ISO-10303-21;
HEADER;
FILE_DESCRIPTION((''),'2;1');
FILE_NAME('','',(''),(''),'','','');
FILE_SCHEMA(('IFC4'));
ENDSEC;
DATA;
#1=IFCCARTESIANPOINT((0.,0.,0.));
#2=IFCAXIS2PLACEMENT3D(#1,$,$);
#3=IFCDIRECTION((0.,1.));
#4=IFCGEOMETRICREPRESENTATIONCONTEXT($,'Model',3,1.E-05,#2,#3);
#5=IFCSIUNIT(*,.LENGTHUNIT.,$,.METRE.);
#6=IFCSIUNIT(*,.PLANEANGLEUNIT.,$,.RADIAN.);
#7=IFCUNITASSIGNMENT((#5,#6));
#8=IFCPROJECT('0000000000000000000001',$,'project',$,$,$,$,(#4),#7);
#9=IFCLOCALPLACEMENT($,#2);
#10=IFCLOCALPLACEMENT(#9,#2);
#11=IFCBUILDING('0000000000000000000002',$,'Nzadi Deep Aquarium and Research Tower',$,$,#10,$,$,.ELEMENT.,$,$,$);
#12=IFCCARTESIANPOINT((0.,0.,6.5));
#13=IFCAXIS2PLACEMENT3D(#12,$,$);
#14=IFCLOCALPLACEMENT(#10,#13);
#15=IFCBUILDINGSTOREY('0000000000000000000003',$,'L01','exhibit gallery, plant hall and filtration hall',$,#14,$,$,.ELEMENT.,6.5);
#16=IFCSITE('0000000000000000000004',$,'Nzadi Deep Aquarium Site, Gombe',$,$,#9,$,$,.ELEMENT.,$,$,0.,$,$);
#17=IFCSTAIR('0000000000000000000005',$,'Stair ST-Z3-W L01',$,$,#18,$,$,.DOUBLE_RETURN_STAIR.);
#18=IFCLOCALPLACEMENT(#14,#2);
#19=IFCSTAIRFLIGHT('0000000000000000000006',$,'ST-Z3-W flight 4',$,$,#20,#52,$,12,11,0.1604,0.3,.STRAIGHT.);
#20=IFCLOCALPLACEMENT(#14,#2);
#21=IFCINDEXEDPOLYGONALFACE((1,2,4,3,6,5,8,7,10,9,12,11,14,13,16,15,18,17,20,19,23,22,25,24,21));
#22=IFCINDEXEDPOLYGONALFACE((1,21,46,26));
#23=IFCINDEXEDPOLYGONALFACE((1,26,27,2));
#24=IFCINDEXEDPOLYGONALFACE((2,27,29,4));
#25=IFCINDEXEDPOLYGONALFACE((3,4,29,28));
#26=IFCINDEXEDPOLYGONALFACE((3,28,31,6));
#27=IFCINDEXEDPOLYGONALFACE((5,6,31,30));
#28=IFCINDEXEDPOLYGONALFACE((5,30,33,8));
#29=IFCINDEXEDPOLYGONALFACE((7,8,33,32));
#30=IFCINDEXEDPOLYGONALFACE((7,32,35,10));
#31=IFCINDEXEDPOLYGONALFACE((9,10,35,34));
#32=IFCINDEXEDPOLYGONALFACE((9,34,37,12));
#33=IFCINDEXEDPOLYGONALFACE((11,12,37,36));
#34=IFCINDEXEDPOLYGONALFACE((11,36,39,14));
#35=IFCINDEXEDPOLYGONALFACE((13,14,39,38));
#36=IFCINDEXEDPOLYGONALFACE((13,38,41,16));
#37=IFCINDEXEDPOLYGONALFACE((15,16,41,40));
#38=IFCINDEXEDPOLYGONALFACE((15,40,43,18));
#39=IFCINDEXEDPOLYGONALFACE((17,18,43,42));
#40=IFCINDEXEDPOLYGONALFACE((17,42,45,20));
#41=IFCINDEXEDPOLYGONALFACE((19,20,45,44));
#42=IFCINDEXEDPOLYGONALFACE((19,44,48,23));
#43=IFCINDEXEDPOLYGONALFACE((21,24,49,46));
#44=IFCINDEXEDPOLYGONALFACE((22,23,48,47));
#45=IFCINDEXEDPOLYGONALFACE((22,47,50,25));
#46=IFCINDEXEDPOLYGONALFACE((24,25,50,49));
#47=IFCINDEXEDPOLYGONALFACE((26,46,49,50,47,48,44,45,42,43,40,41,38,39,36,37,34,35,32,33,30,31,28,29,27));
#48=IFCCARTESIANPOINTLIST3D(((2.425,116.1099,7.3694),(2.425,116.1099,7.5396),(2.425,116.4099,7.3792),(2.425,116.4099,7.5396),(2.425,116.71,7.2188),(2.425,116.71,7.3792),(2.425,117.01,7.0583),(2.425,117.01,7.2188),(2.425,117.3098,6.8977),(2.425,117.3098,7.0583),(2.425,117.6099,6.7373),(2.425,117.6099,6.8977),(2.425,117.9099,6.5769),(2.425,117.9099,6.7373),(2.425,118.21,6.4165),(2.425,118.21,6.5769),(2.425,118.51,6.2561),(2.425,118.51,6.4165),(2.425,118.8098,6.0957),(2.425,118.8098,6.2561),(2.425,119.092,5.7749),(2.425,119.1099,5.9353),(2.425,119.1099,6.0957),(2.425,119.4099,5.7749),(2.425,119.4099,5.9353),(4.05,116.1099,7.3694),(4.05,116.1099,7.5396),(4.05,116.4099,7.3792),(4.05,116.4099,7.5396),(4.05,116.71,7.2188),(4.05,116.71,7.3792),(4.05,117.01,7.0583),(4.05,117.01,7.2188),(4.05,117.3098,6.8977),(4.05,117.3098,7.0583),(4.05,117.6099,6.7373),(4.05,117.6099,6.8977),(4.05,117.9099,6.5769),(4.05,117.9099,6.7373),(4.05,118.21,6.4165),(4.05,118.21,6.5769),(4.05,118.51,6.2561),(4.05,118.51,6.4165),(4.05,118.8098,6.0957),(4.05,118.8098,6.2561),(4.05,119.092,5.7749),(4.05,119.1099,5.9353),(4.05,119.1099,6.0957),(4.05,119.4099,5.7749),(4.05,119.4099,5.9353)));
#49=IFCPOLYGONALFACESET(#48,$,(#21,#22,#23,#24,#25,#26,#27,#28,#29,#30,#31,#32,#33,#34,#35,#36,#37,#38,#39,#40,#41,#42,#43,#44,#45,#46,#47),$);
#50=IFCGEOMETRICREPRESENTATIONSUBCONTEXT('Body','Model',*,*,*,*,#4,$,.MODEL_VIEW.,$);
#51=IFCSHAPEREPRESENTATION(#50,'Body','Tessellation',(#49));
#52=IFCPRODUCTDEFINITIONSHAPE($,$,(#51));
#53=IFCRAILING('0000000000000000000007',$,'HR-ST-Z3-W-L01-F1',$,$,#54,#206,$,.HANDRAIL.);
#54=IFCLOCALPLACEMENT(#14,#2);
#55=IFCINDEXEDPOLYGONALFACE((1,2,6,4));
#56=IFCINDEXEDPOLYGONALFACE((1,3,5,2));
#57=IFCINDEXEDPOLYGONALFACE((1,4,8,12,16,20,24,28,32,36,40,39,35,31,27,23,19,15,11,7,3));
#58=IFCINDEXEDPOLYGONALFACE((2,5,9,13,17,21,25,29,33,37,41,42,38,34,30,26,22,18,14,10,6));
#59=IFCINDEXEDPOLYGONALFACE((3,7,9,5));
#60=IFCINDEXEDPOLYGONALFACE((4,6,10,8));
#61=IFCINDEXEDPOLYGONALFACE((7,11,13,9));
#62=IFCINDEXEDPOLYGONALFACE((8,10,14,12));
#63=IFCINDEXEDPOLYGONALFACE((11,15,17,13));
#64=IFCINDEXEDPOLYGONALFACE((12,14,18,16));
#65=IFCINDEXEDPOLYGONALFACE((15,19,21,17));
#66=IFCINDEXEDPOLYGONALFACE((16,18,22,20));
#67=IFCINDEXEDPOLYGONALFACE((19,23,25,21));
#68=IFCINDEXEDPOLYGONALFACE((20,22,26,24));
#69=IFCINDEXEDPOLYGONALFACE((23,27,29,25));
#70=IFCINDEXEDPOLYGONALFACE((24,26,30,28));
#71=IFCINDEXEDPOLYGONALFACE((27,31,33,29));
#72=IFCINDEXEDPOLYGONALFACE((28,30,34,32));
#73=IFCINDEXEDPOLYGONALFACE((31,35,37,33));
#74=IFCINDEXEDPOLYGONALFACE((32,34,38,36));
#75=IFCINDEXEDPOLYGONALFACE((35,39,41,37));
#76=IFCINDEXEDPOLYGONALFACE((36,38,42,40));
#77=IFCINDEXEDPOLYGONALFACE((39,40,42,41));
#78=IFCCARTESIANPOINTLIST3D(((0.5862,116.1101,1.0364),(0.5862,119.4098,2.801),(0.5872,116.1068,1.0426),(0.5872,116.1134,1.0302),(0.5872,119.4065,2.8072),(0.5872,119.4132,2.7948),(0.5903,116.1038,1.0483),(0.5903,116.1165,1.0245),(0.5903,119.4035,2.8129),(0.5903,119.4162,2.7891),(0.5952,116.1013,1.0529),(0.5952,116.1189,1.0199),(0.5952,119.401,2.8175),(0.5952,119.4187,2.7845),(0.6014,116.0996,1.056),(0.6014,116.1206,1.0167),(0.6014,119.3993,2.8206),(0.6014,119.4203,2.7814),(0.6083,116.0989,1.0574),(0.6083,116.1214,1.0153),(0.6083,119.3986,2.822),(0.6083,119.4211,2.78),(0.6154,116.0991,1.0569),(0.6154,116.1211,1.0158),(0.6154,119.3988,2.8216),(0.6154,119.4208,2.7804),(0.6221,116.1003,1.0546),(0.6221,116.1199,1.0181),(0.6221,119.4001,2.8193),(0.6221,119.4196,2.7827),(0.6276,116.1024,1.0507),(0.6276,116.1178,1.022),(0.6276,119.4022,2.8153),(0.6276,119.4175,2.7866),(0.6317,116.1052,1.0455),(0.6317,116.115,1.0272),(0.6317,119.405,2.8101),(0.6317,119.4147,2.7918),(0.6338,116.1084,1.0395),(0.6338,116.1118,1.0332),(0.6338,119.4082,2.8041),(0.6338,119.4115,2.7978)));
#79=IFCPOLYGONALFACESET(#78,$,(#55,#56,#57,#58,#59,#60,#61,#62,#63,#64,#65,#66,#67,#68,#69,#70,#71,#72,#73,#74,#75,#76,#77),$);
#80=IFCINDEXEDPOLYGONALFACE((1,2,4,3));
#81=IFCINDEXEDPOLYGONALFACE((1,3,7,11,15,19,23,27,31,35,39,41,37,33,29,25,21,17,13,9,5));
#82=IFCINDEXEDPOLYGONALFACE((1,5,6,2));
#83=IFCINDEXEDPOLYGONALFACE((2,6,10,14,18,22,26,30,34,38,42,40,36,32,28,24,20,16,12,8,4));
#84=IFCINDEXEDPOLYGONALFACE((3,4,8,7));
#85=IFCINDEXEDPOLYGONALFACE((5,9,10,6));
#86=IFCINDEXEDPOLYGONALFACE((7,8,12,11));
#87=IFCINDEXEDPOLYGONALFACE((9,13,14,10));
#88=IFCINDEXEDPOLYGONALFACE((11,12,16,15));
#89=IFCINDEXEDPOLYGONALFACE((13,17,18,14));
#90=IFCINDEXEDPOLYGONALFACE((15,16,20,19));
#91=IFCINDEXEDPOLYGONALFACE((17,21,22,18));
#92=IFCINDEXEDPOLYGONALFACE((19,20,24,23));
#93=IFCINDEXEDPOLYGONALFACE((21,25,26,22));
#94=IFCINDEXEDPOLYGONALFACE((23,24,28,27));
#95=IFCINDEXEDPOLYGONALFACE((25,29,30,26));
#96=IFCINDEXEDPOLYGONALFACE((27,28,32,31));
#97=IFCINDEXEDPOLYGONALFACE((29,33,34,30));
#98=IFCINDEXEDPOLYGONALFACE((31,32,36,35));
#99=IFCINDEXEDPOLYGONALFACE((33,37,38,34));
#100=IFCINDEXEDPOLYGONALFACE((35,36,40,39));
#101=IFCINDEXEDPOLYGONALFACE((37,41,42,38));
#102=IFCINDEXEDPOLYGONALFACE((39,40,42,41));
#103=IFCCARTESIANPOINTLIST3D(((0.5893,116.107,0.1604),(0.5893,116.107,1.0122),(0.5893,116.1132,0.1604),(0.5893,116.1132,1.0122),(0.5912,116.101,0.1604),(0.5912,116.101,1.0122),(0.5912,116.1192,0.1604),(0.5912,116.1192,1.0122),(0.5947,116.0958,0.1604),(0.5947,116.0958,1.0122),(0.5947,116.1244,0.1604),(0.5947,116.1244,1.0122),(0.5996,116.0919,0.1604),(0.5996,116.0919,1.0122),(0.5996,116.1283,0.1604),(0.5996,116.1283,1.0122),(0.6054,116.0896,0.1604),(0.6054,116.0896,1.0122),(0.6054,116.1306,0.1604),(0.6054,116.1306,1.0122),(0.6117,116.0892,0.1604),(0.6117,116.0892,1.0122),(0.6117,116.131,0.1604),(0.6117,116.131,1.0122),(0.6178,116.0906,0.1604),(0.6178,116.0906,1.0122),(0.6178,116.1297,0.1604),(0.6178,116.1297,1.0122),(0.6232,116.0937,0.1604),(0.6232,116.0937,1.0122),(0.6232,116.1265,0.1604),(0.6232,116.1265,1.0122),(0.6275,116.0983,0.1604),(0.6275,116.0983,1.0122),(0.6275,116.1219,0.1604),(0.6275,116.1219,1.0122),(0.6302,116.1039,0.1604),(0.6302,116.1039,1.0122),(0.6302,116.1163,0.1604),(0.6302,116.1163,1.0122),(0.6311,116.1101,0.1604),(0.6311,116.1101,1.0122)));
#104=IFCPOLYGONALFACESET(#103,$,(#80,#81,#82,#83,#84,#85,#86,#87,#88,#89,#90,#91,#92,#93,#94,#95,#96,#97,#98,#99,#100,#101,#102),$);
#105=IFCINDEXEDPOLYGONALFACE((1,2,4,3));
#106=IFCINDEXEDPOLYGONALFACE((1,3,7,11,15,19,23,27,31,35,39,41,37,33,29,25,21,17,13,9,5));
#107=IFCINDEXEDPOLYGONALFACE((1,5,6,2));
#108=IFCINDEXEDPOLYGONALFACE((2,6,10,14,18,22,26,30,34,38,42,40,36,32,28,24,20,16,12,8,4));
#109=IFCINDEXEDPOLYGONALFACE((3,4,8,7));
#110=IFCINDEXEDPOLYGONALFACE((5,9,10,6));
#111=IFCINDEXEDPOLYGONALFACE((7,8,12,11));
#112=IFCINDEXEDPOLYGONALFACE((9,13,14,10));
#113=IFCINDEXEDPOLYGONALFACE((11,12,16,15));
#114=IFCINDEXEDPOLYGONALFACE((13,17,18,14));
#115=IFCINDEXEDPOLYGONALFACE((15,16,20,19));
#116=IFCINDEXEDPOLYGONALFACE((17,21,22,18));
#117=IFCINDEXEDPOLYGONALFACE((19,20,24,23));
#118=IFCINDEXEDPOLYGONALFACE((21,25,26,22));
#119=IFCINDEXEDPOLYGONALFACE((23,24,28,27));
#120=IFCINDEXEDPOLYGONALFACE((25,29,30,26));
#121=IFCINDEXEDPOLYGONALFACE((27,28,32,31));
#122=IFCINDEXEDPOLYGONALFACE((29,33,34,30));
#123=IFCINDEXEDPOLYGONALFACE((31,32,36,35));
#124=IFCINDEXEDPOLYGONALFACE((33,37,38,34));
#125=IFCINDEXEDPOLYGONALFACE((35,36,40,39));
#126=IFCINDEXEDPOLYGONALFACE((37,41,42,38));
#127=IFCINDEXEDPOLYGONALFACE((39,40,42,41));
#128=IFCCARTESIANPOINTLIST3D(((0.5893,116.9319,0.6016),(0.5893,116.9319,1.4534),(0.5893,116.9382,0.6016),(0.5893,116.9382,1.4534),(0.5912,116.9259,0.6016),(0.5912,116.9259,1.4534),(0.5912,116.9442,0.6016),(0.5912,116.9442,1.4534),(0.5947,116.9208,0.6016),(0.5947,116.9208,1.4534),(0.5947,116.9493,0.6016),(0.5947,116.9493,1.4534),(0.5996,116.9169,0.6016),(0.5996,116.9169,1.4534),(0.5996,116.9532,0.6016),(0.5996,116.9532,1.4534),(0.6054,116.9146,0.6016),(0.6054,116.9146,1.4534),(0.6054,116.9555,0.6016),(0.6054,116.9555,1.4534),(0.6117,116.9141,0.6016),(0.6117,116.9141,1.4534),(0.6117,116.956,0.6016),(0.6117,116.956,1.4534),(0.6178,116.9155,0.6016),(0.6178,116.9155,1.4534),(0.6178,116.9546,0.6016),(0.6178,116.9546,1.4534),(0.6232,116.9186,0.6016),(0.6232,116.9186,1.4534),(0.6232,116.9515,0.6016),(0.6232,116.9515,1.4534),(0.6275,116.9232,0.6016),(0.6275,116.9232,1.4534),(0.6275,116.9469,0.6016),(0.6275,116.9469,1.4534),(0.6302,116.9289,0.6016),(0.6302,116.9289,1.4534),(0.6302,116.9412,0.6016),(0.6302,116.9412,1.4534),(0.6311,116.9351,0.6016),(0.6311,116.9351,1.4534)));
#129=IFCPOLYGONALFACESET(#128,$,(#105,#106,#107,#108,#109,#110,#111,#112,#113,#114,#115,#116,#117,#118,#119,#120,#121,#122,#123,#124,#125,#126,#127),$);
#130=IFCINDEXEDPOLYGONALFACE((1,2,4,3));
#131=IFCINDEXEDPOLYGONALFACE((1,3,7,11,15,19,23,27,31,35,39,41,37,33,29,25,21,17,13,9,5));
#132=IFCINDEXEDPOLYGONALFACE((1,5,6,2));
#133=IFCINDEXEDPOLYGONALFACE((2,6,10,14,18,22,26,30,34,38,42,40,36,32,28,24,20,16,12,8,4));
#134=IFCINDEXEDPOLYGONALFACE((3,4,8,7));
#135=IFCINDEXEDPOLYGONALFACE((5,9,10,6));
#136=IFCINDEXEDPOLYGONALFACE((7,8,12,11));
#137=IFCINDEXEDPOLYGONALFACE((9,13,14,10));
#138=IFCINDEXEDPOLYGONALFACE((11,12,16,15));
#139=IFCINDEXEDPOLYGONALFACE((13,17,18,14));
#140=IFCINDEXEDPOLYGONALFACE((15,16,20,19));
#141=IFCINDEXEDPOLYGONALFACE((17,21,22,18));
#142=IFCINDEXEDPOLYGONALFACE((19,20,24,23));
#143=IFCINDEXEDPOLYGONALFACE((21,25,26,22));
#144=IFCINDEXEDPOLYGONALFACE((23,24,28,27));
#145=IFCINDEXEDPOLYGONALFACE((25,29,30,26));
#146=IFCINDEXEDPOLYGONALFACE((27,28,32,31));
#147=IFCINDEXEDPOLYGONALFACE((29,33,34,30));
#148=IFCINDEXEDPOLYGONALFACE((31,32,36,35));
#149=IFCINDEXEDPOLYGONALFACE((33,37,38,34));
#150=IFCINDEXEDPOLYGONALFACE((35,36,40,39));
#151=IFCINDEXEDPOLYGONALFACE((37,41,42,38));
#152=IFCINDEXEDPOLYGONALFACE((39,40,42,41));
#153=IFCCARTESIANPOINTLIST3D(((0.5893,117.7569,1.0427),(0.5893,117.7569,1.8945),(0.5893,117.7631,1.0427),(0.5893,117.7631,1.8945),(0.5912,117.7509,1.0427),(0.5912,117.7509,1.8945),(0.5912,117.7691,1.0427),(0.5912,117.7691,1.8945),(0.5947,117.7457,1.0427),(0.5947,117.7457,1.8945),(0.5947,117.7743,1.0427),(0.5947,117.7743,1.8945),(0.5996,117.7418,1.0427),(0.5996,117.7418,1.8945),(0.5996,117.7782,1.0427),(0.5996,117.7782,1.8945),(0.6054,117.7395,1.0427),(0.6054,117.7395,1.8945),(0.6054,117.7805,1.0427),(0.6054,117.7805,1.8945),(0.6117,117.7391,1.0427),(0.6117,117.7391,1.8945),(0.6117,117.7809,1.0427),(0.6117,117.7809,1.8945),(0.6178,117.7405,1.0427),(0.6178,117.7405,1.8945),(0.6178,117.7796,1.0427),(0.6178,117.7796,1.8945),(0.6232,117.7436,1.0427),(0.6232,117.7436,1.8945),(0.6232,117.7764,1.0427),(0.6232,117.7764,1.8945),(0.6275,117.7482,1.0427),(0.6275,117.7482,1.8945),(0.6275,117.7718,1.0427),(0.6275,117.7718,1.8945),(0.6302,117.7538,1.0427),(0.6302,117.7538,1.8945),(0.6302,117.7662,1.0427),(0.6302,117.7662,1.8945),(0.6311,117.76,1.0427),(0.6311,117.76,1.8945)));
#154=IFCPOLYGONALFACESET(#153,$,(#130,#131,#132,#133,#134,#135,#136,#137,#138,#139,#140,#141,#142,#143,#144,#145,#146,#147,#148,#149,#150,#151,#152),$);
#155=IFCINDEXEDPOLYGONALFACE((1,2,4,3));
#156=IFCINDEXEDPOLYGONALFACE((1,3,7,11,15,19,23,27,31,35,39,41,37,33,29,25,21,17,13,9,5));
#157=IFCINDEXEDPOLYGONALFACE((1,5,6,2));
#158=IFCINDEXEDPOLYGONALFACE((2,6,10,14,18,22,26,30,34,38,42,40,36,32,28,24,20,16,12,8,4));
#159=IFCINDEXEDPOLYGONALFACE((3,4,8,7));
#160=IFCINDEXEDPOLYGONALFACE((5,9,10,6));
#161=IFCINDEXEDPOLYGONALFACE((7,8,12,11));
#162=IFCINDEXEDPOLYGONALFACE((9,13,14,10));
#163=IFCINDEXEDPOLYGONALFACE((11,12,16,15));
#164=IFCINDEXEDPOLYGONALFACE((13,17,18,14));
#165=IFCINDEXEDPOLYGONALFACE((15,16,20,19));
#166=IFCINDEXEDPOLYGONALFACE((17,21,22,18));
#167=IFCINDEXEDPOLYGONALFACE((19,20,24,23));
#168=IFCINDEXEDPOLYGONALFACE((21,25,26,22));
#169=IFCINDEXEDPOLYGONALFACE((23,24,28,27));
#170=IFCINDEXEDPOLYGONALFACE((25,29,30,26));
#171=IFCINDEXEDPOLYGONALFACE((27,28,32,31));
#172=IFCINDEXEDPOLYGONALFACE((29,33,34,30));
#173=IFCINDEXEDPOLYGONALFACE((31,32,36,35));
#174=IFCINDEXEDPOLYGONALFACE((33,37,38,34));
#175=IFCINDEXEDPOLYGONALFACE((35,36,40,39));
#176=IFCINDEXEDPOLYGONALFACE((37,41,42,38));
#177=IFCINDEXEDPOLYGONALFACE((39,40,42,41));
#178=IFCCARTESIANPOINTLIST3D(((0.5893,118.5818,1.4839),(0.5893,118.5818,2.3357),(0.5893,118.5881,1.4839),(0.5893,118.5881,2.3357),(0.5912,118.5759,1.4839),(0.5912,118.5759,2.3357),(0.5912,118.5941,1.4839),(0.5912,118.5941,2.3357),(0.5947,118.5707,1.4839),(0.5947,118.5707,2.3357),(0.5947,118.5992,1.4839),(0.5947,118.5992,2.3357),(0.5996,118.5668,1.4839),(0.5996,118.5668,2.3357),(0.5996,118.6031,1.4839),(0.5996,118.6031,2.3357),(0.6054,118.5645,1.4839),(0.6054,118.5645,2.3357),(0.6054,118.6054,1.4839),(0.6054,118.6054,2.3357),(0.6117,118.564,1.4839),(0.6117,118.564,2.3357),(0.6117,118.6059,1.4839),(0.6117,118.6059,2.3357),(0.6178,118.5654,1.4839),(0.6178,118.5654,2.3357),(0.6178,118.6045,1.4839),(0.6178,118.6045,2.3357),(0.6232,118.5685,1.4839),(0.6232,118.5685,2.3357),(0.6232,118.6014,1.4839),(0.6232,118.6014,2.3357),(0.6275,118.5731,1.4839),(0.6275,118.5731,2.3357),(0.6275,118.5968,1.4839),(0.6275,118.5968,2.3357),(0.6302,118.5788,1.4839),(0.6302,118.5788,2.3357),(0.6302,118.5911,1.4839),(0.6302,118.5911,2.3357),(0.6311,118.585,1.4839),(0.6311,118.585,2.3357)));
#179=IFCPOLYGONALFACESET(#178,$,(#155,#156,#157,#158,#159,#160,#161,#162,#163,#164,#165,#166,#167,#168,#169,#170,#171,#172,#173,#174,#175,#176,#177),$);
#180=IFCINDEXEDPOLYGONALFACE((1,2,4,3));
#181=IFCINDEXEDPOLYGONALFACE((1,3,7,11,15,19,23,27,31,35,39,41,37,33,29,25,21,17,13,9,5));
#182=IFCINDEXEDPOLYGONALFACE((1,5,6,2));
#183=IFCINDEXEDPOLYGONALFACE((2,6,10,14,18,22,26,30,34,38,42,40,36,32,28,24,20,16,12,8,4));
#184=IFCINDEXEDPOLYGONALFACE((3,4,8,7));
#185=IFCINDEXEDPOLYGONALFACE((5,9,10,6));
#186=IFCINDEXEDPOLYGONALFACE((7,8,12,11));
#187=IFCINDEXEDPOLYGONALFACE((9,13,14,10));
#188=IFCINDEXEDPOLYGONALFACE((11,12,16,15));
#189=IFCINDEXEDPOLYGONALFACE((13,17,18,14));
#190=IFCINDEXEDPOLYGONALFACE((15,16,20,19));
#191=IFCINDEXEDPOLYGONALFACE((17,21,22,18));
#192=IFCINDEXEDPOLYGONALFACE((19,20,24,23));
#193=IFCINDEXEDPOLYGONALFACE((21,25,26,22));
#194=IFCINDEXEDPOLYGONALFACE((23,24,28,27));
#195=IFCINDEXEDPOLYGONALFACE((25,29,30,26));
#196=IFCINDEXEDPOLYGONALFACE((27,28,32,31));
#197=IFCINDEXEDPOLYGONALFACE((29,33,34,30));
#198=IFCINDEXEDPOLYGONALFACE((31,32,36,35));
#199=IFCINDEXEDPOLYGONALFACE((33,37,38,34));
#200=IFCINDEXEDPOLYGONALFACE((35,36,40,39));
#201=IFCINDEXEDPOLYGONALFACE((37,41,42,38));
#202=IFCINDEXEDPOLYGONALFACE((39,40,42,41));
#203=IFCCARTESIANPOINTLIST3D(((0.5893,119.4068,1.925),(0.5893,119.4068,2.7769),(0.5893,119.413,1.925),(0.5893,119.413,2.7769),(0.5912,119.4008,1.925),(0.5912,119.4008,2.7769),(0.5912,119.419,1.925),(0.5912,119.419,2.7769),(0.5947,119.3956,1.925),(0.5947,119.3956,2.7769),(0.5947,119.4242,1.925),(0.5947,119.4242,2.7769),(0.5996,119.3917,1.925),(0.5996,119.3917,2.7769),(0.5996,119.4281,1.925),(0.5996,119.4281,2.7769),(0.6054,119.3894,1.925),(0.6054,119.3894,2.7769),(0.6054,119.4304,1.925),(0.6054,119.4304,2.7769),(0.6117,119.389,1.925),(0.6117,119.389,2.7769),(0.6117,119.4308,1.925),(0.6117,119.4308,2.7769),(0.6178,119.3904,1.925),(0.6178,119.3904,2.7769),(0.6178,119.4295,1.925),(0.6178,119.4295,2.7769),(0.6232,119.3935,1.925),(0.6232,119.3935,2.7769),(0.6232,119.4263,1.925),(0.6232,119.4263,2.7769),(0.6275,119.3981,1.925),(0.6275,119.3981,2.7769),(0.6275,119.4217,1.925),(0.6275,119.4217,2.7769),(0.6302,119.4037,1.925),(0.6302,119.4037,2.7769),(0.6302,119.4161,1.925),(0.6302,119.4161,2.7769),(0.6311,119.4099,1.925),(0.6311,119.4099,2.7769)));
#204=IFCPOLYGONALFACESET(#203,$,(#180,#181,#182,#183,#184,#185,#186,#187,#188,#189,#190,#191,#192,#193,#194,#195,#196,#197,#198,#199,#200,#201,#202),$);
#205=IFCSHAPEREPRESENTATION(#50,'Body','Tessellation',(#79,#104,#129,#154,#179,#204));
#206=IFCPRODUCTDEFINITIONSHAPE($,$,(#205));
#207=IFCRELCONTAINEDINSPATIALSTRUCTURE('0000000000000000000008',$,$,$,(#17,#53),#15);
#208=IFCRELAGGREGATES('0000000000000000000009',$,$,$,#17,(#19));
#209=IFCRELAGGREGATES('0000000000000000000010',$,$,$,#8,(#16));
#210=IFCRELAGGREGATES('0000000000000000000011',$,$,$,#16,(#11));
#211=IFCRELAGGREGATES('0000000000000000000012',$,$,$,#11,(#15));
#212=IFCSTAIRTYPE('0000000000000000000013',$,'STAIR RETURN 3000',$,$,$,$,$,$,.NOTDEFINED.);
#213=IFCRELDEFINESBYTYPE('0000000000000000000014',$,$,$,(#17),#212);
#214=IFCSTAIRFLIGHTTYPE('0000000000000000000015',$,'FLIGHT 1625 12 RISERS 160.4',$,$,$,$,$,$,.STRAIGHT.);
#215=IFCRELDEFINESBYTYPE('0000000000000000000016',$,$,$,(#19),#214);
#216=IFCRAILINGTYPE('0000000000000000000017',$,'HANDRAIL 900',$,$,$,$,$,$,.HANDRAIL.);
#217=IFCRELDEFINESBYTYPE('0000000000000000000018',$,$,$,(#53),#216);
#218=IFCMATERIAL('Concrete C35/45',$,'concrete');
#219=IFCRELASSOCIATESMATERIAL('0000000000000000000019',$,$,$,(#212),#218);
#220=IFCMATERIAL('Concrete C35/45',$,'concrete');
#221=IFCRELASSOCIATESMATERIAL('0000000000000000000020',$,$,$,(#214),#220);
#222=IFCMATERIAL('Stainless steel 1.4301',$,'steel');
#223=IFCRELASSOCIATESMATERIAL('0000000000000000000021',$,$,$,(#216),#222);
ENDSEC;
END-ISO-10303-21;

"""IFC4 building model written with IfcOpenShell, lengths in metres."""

from ifc_helpers import new_model, si_unit, direction, frame, origin, origin_2d, place, context, subcontext, project, spatial, polyline, circle, outline, extrude, material, type_object, element, aggregate, save


model = new_model("IFC4")

# Units and contexts
model_context = context("Model", 3, precision=1e-05, world=origin(), true_north=direction((0.0, 1.0)))
body_context = subcontext(model_context, "Body", "Model", "MODEL_VIEW")
ifc_project = project(units=[si_unit("LENGTHUNIT", "METRE"), si_unit("PLANEANGLEUNIT", "RADIAN")], contexts=[model_context])

# Site, building, storey
site_placement = place(None, origin())
site = spatial("IfcSite", under=ifc_project, at=site_placement, Name="Nzadi Deep Aquarium Site, Gombe", CompositionType="ELEMENT", RefElevation=0.0)
building_placement = place(site_placement, origin())
building = spatial("IfcBuilding", under=site, at=building_placement, Name="Nzadi Deep Aquarium and Research Tower", CompositionType="ELEMENT")
storey_placement = place(building_placement, frame((0.0, 0.0, 6.5)))
storey = spatial("IfcBuildingStorey", under=building, at=storey_placement, Name="L01", Description="exhibit gallery, plant hall and filtration hall", CompositionType="ELEMENT", Elevation=6.5)

# Stair, stair flight
ifc_material_1 = material(Name="Concrete C35/45", Category="concrete")
stair_type = type_object("IfcStairType", Name="STAIR RETURN 3000", PredefinedType="NOTDEFINED", material=ifc_material_1)
stair_placement = place(storey_placement, origin())
stair = element("IfcStair", 1, at=stair_placement, inside=storey, type_object=stair_type, Name="Stair ST-Z3-W L01", PredefinedType="DOUBLE_RETURN_STAIR")
ifc_material_2 = material(Name="Concrete C35/45", Category="concrete")
stair_flight_type = type_object("IfcStairFlightType", Name="FLIGHT 1625 12 RISERS 160.4", PredefinedType="STRAIGHT", material=ifc_material_2)
stair_flight_1_placement = place(storey_placement, frame((3.2375, 119.4099, 5.7749), z_axis=(0.0, 0.0, 1.0), x_axis=(0.0, -1.0, 0.0)))
stair_flight_1 = element("IfcStairFlight", 2, at=stair_flight_1_placement, type_object=stair_flight_type, Name="ST-Z3-W flight 4", NumberOfRisers=12, NumberOfTreads=11, PredefinedType="STRAIGHT", RiserHeight=0.1604, TreadLength=0.3, context=body_context, shape_type="SweptSolid", body=[
    extrude(outline(polyline([(0.0, 0.0), (0.0, 0.1604), (0.3, 0.1604), (0.3, 0.3208), (0.6001, 0.3208), (0.6001, 0.4812), (0.8999, 0.4812), (0.8999, 0.6416), (1.2, 0.6416), (1.2, 0.802), (1.5, 0.802), (1.5, 0.9624), (1.8, 0.9624), (1.8, 1.1228), (2.1001, 1.1228), (2.1001, 1.2834), (2.3999, 1.2834), (2.3999, 1.4438), (2.7, 1.4438), (2.7, 1.6042), (3.0, 1.6042), (3.0, 1.7646), (3.3, 1.7646), (3.3, 1.925), (3.3, 1.5945), (0.3179, 0.0), (0.0, 0.0)])), frame((0.0, 0.8125, 0.0), z_axis=(0.0, -1.0, 0.0), x_axis=(1.0, 0.0, 0.0)), (0.0, 0.0, 1.0), 1.625),
])
aggregate(stair, [stair_flight_1])

# Railing
ifc_material_3 = material(Name="Stainless steel 1.4301", Category="steel")
railing_type = type_object("IfcRailingType", Name="HANDRAIL 900", PredefinedType="HANDRAIL", material=ifc_material_3)
for number, where, name in (
    (3, (0.6101, 116.1101, 0.1604), "HR-ST-Z3-W-L01-F1"),
):
    element("IfcRailing", number, at=place(storey_placement, frame(where)), inside=storey, type_object=railing_type, Name=name, PredefinedType="HANDRAIL", context=body_context, shape_type="SweptSolid", body=[
        extrude(circle(Radius=0.0239, at=origin_2d()), frame((0.0, 0.0, 0.876), z_axis=(0.0, 0.881825, 0.471577), x_axis=(-1.0, 0.0, 0.0)), (0.0, 0.0, 1.0), 3.7419),
        extrude(circle(Radius=0.021, at=origin_2d()), origin(), (0.0, 0.0, 1.0), 0.8518),
        extrude(circle(Radius=0.021, at=origin_2d()), frame((0.0, 0.825, 0.4412)), (0.0, 0.0, 1.0), 0.8518),
        extrude(circle(Radius=0.021, at=origin_2d()), frame((0.0, 1.6499, 0.8823)), (0.0, 0.0, 1.0), 0.8518),
        extrude(circle(Radius=0.021, at=origin_2d()), frame((0.0, 2.4749, 1.3235)), (0.0, 0.0, 1.0), 0.8518),
        extrude(circle(Radius=0.021, at=origin_2d()), frame((0.0, 3.2998, 1.7646)), (0.0, 0.0, 1.0), 0.8518),
    ])

save(model, "model.ifc")
